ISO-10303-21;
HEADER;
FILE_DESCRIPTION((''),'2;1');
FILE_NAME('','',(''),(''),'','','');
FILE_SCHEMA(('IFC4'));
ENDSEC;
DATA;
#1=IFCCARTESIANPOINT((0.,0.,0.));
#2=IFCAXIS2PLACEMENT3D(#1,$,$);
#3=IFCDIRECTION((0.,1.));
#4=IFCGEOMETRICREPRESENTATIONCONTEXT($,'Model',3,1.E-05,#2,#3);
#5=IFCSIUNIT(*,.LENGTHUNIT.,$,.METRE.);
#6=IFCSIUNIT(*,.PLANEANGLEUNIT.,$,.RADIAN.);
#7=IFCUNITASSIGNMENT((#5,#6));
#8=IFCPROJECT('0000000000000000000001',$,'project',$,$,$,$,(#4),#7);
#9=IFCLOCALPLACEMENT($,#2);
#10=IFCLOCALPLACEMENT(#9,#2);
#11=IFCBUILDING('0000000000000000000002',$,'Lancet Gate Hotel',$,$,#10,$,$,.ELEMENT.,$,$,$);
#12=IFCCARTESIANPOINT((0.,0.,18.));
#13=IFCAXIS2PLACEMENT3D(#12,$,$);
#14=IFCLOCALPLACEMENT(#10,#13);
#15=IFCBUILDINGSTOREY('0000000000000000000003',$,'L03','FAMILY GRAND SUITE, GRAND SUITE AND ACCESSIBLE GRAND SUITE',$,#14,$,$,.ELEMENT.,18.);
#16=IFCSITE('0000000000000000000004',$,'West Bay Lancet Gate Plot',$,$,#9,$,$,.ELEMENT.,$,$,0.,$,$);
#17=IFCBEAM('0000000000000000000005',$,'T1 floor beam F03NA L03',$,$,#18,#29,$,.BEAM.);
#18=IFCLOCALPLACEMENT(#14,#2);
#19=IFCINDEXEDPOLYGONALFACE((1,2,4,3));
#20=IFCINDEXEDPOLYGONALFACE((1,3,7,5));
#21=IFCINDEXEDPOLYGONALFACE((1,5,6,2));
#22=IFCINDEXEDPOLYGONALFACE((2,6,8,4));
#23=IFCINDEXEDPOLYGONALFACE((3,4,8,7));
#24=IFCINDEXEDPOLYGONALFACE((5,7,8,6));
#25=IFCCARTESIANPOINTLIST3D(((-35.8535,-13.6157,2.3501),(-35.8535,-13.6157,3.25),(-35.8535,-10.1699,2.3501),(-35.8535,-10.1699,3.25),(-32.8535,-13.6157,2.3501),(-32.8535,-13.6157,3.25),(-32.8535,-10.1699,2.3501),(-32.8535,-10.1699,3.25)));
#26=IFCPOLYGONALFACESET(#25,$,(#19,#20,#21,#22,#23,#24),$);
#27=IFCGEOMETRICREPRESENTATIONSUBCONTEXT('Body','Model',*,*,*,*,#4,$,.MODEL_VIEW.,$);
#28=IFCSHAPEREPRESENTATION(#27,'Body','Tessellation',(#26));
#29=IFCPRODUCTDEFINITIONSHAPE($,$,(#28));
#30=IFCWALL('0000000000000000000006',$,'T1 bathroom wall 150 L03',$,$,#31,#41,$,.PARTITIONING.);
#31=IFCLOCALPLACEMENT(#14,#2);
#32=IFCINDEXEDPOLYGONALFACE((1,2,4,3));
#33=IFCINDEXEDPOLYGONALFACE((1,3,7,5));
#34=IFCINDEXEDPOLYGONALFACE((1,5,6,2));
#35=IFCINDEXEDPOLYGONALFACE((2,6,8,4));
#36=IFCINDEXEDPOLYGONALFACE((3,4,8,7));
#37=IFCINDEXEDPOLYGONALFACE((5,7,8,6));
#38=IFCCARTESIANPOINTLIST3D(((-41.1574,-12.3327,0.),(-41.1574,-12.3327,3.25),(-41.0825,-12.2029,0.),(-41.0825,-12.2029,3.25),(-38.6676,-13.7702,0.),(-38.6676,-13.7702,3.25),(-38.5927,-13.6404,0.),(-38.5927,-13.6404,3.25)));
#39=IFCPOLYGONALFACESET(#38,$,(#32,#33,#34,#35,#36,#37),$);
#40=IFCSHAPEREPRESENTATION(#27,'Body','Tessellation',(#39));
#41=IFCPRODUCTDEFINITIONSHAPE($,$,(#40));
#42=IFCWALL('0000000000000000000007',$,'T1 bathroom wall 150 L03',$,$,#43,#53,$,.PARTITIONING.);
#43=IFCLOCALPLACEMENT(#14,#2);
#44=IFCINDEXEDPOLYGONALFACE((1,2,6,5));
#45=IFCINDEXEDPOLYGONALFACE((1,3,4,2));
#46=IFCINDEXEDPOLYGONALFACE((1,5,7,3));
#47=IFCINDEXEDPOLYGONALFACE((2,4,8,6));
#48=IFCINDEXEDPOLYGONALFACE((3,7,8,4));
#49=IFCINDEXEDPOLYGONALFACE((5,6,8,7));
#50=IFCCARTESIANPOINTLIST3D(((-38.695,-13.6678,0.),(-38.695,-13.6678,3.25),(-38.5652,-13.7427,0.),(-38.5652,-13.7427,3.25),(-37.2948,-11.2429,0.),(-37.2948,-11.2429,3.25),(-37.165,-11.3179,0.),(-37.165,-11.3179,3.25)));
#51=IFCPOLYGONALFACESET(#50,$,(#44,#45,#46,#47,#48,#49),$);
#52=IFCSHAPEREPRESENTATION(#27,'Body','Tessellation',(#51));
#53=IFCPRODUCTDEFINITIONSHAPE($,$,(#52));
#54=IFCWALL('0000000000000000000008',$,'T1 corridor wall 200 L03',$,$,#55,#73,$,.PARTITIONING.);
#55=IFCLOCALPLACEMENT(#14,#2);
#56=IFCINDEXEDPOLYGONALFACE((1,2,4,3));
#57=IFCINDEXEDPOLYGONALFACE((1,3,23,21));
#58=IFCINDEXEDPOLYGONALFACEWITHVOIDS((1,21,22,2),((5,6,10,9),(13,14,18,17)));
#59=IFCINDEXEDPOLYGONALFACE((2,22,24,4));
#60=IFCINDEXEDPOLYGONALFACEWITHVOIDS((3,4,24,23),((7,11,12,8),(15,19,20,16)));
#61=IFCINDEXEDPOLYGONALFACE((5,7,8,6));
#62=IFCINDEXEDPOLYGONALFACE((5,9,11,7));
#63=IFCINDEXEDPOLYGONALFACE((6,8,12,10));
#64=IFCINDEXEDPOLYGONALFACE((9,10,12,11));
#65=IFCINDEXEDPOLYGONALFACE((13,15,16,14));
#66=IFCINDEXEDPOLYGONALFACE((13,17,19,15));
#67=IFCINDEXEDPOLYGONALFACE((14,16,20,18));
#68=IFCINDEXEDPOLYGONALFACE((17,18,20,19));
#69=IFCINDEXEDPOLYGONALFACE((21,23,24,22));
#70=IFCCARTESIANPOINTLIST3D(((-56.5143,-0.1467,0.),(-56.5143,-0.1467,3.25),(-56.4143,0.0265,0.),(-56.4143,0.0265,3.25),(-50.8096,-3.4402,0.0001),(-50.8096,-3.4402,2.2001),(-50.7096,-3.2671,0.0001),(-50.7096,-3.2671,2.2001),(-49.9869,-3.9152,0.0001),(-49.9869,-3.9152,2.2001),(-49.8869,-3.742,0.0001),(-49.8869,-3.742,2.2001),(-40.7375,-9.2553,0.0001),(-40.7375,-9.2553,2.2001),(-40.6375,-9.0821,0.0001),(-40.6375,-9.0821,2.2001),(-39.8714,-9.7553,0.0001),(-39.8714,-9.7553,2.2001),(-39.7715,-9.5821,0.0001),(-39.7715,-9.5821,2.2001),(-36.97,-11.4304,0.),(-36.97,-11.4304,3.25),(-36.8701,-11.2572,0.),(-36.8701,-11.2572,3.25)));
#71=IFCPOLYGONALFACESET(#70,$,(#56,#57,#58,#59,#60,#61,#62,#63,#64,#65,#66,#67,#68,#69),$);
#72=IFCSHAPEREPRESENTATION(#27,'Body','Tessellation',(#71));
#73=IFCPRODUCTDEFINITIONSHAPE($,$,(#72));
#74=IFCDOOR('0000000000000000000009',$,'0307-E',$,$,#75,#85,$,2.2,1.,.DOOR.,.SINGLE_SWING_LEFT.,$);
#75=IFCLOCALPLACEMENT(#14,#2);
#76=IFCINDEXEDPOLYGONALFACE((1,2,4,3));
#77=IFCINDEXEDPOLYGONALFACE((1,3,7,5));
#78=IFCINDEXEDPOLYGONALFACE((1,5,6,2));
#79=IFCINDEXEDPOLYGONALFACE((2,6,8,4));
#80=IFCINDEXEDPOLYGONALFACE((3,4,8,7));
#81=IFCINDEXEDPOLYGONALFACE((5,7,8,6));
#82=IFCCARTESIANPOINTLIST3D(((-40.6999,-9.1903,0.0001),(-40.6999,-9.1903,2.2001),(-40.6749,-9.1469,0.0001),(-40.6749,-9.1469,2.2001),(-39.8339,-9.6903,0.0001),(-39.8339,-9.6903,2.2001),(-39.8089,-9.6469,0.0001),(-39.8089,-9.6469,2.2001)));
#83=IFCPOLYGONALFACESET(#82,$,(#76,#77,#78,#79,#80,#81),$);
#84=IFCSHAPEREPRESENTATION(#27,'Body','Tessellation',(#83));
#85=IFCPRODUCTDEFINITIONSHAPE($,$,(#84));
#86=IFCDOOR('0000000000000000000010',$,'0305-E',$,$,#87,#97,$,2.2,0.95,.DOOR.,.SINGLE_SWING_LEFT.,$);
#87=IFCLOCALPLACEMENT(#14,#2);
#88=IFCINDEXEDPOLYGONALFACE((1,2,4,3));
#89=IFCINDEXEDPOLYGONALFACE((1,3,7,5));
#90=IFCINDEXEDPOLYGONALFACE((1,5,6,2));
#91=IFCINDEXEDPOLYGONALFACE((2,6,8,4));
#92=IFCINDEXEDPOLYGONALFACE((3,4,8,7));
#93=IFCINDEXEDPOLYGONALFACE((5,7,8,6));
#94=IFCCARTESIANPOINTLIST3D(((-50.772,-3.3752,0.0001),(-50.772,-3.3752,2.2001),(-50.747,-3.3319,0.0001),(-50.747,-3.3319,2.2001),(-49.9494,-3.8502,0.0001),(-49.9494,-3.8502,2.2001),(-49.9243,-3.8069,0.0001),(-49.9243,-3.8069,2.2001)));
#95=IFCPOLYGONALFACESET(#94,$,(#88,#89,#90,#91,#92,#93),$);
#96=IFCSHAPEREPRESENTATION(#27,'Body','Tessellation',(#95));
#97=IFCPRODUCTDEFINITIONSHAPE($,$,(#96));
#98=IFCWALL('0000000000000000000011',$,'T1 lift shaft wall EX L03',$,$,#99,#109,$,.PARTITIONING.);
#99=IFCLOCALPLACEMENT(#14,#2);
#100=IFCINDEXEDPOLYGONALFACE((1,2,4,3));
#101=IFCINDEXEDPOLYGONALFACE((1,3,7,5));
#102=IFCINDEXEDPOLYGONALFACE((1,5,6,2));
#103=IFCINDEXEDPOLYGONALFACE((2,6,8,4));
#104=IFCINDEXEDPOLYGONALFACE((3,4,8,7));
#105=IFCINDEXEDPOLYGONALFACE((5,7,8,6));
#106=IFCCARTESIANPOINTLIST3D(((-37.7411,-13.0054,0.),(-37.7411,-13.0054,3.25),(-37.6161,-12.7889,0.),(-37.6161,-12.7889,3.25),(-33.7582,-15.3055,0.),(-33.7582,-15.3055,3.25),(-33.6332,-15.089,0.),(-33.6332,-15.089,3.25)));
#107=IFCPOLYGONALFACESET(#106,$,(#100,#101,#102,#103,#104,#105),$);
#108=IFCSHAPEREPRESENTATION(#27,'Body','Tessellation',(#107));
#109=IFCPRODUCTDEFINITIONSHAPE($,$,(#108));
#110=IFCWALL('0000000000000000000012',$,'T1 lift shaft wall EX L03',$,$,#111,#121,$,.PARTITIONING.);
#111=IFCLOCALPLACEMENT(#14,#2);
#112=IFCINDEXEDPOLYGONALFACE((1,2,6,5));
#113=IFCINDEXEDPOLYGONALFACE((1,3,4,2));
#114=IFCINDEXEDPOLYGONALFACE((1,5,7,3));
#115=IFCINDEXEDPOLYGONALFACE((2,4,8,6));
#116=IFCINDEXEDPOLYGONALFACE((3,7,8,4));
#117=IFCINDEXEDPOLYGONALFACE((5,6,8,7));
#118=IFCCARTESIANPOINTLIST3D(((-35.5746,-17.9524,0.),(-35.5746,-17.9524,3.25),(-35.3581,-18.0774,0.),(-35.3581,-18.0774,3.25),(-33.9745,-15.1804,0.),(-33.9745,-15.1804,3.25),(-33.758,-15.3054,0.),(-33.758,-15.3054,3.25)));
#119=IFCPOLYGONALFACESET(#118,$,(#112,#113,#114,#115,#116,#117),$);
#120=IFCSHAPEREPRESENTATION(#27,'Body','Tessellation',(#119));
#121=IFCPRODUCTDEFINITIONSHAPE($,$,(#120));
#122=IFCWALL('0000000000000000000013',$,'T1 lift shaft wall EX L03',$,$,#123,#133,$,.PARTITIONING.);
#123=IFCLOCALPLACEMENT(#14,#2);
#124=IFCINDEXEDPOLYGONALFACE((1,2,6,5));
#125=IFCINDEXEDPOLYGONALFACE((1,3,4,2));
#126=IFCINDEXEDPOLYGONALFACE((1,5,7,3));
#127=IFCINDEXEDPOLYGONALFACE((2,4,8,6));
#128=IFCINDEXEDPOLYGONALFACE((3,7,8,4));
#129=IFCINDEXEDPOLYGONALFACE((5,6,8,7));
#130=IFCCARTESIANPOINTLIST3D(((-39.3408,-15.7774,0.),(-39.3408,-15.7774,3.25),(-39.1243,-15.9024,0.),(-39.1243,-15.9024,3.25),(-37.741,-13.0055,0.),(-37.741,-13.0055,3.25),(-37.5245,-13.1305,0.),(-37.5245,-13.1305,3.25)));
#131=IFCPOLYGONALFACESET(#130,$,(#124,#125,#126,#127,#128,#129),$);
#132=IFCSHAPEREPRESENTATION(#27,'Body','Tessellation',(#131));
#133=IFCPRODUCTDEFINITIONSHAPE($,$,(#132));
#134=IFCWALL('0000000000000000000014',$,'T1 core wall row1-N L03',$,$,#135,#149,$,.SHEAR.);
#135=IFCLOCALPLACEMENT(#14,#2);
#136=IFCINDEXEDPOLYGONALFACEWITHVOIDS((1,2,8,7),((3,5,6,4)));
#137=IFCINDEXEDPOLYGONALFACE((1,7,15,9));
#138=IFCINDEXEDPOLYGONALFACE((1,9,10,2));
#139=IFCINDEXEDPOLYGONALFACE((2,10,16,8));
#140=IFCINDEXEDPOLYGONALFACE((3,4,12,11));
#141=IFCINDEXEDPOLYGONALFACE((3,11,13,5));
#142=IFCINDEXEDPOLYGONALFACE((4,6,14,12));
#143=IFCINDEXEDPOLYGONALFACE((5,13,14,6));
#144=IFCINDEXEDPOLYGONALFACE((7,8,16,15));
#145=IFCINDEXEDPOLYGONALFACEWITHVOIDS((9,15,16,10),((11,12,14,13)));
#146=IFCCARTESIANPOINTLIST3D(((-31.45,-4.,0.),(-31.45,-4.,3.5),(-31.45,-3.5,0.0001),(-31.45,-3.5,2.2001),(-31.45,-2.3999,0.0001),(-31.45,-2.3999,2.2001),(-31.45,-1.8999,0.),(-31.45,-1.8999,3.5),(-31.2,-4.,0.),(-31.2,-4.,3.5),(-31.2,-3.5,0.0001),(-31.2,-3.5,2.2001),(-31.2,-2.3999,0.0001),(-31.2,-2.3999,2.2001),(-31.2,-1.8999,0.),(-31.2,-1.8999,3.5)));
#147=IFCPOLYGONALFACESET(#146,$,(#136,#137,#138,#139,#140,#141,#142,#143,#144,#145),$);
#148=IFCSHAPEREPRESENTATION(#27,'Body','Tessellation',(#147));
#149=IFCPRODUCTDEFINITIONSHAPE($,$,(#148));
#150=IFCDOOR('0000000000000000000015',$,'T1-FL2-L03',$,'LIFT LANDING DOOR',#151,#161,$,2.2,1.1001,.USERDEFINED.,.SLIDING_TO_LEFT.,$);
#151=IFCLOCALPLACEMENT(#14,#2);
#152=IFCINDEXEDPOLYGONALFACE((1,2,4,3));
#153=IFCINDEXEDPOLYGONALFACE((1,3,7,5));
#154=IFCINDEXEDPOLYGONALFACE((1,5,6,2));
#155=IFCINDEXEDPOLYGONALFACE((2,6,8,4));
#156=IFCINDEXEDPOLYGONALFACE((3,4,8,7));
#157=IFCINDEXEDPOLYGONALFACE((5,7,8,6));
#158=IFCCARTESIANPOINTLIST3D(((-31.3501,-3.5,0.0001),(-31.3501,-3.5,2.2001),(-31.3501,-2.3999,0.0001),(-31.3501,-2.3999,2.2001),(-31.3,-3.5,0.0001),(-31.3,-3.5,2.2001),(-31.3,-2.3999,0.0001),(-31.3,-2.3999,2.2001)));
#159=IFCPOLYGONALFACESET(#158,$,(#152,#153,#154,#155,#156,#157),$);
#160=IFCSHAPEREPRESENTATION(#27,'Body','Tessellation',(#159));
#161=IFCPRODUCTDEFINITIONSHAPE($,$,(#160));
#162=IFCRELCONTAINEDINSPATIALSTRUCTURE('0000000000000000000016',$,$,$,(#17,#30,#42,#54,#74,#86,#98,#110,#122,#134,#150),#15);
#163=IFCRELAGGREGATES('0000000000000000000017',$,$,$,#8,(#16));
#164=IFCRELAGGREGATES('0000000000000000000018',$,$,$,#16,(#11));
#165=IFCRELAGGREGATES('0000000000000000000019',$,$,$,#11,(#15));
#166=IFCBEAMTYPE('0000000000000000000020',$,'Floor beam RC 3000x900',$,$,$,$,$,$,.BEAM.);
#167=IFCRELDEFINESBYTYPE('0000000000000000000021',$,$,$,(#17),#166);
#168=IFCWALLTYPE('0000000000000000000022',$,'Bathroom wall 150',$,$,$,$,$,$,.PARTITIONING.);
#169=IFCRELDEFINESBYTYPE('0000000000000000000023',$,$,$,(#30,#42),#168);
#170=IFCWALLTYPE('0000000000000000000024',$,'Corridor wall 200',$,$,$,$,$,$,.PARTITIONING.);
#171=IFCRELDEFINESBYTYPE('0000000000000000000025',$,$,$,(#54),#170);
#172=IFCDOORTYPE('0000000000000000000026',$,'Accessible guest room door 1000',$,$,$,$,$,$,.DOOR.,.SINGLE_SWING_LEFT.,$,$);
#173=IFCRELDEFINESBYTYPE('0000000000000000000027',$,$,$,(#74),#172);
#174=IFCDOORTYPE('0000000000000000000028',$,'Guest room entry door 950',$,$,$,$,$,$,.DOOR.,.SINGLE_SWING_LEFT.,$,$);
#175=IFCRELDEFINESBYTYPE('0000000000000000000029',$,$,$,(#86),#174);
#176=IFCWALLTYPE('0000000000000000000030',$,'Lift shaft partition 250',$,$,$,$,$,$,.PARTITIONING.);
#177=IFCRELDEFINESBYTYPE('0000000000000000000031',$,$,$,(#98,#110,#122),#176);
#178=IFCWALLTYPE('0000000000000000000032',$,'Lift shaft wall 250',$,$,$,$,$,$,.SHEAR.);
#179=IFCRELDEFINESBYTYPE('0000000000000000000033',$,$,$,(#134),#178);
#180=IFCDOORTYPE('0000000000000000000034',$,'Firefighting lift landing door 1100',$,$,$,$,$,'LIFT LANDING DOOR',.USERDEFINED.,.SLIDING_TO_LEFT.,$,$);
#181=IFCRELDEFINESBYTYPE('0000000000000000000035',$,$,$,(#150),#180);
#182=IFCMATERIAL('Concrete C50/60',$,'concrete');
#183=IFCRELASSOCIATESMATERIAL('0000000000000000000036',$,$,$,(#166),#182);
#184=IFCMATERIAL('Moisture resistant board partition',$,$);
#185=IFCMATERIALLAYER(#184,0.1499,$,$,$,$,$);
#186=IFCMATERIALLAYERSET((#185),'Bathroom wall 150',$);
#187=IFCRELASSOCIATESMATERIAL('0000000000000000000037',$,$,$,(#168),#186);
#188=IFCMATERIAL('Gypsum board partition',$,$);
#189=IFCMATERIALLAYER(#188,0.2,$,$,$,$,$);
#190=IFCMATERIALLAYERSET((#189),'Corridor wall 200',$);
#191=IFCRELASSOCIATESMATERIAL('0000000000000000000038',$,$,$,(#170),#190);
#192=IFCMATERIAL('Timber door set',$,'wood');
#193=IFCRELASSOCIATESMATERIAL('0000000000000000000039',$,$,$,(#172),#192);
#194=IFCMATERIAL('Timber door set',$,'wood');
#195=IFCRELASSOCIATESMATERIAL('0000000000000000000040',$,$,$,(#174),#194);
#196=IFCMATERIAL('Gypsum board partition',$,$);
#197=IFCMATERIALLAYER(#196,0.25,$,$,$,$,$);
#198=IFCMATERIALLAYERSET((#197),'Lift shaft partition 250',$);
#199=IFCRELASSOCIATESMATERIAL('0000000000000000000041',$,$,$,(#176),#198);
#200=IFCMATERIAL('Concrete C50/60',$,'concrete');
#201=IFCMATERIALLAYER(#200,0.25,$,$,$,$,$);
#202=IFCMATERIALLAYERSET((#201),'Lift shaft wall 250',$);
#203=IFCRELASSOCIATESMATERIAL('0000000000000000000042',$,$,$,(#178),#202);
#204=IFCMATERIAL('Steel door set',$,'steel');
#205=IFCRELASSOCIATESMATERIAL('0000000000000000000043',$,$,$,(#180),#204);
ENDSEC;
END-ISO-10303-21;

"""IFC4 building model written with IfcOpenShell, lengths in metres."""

from ifc_helpers import new_model, si_unit, direction, frame, frame_2d, origin, origin_2d, place, context, subcontext, project, spatial, rectangle, extrude, material, layer, layer_set, material_profile, profile_set, type_object, element, fill, save


model = new_model("IFC4")

# Units and contexts
model_context = context("Model", 3, precision=1e-05, world=origin(), true_north=direction((0.0, 1.0)))
body_context = subcontext(model_context, "Body", "Model", "MODEL_VIEW")
ifc_project = project(units=[si_unit("LENGTHUNIT", "METRE"), si_unit("PLANEANGLEUNIT", "RADIAN")], contexts=[model_context])

# Site, building, storey
site_placement = place(None, origin())
site = spatial("IfcSite", under=ifc_project, at=site_placement, Name="West Bay Lancet Gate Plot", CompositionType="ELEMENT", RefElevation=0.0)
building_placement = place(site_placement, origin())
building = spatial("IfcBuilding", under=site, at=building_placement, Name="Lancet Gate Hotel", CompositionType="ELEMENT")
storey_placement = place(building_placement, frame((0.0, 0.0, 18.0)))
storey = spatial("IfcBuildingStorey", under=building, at=storey_placement, Name="L03", Description="FAMILY GRAND SUITE, GRAND SUITE AND ACCESSIBLE GRAND SUITE", CompositionType="ELEMENT", Elevation=18.0)

# Beam
ifc_material_1 = material(Name="Concrete C50/60", Category="concrete")
ifc_material_profile = material_profile(ifc_material_1, rectangle(XDim=3.0, YDim=0.8999, at=origin_2d()), Name="RC 3000x900")
ifc_profile_set = profile_set([ifc_material_profile], Name="Concrete C50/60")
beam_type = type_object("IfcBeamType", Name="Floor beam RC 3000x900", PredefinedType="BEAM", material=ifc_profile_set)
beam_placement = place(storey_placement, frame((-34.3535, -10.1699, 2.8), z_axis=(0.0, -1.0, 0.0), x_axis=(1.0, 0.0, 0.0)))
element("IfcBeam", 1, at=beam_placement, inside=storey, type_object=beam_type, Name="T1 floor beam F03NA L03", PredefinedType="BEAM", context=body_context, shape_type="SweptSolid", body=[
    extrude(rectangle(XDim=3.0, YDim=0.8999, at=origin_2d()), origin(), (0.0, 0.0, 1.0), 3.4458),
])

# Walls
ifc_material_2 = material(Name="Moisture resistant board partition")
ifc_layer_1 = layer(ifc_material_2, 0.1499)
ifc_layer_set_1 = layer_set([ifc_layer_1], Name="Bathroom wall 150")
wall_type_1 = type_object("IfcWallType", Name="Bathroom wall 150", PredefinedType="PARTITIONING", material=ifc_layer_set_1)
wall_1_placement = place(storey_placement, frame((-38.6301, -13.7053, 0.0), z_axis=(0.0, 0.0, 1.0), x_axis=(-0.866019, 0.500012, 0.0)))
element("IfcWall", 2, at=wall_1_placement, inside=storey, type_object=wall_type_1, Name="T1 bathroom wall 150 L03", PredefinedType="PARTITIONING", context=body_context, shape_type="SweptSolid", body=[
    extrude(rectangle(XDim=2.875, YDim=0.1499, at=frame_2d((1.4375, 0.0))), origin(), (0.0, 0.0, 1.0), 3.25),
])
wall_2_placement = place(storey_placement, frame((-37.23, -11.2805, 0.0), z_axis=(0.0, 0.0, 1.0), x_axis=(-0.50005, -0.865997, 0.0)))
element("IfcWall", 3, at=wall_2_placement, inside=storey, type_object=wall_type_1, Name="T1 bathroom wall 150 L03", PredefinedType="PARTITIONING", context=body_context, shape_type="SweptSolid", body=[
    extrude(rectangle(XDim=2.8, YDim=0.1499, at=frame_2d((1.3999, 0.0))), origin(), (0.0, 0.0, 1.0), 3.25),
])

# Wall, openings, doors
ifc_material_3 = material(Name="Gypsum board partition")
ifc_layer_2 = layer(ifc_material_3, 0.2)
ifc_layer_set_2 = layer_set([ifc_layer_2], Name="Corridor wall 200")
wall_type_2 = type_object("IfcWallType", Name="Corridor wall 200", PredefinedType="PARTITIONING", material=ifc_layer_set_2)
wall_3_placement = place(storey_placement, frame((-36.9202, -11.3438, 0.0), z_axis=(0.0, 0.0, 1.0), x_axis=(-0.866028, 0.499995, 0.0)))
wall_3 = element("IfcWall", 4, at=wall_3_placement, inside=storey, type_object=wall_type_2, Name="T1 corridor wall 200 L03", PredefinedType="PARTITIONING", context=body_context, shape_type="SweptSolid", body=[
    extrude(rectangle(XDim=22.5676, YDim=0.2, at=frame_2d((11.2837, 0.0))), origin(), (0.0, 0.0, 1.0), 3.25),
])
opening_1_placement = place(wall_3_placement, frame((15.0303, 0.0, 0.0)))
opening_1 = element("IfcOpeningElement", 5, at=opening_1_placement, cuts=wall_3, PredefinedType="OPENING", context=body_context, shape_type="SweptSolid", body=[
    extrude(rectangle(XDim=0.95, YDim=2.2, at=frame_2d((0.4751, 1.1001))), frame((0.0, 0.1099, 0.0), z_axis=(0.0, -1.0, 0.0), x_axis=(1.0, 0.0, 0.0)), (0.0, 0.0, 1.0), 0.22),
])
opening_2_placement = place(wall_3_placement, frame((3.3501, 0.0, 0.0)))
opening_2 = element("IfcOpeningElement", 6, at=opening_2_placement, cuts=wall_3, PredefinedType="OPENING", context=body_context, shape_type="SweptSolid", body=[
    extrude(rectangle(XDim=1.0, YDim=2.2, at=frame_2d((0.5, 1.1001))), frame((0.0, 0.1099, 0.0), z_axis=(0.0, -1.0, 0.0), x_axis=(1.0, 0.0, 0.0)), (0.0, 0.0, 1.0), 0.22),
])
ifc_material_4 = material(Name="Timber door set", Category="wood")
door_type_1 = type_object("IfcDoorType", Name="Accessible guest room door 1000", OperationType="SINGLE_SWING_LEFT", PredefinedType="DOOR", material=ifc_material_4)
door_1_placement = place(opening_2_placement, origin())
door_1 = element("IfcDoor", 7, at=door_1_placement, inside=storey, type_object=door_type_1, Name="0307-E", OperationType="SINGLE_SWING_LEFT", OverallHeight=2.2, OverallWidth=1.0, PredefinedType="DOOR", context=body_context, shape_type="SweptSolid", body=[
    extrude(rectangle(XDim=1.0, YDim=2.2, at=frame_2d((0.5, 1.1001))), frame((0.0, 0.0249, 0.0), z_axis=(0.0, -1.0, 0.0), x_axis=(1.0, 0.0, 0.0)), (0.0, 0.0, 1.0), 0.05),
])
fill(opening_2, door_1)
ifc_material_5 = material(Name="Timber door set", Category="wood")
door_type_2 = type_object("IfcDoorType", Name="Guest room entry door 950", OperationType="SINGLE_SWING_LEFT", PredefinedType="DOOR", material=ifc_material_5)
door_2_placement = place(opening_1_placement, origin())
door_2 = element("IfcDoor", 8, at=door_2_placement, inside=storey, type_object=door_type_2, Name="0305-E", OperationType="SINGLE_SWING_LEFT", OverallHeight=2.2, OverallWidth=0.95, PredefinedType="DOOR", context=body_context, shape_type="SweptSolid", body=[
    extrude(rectangle(XDim=0.95, YDim=2.2, at=frame_2d((0.4751, 1.1001))), frame((0.0, 0.0249, 0.0), z_axis=(0.0, -1.0, 0.0), x_axis=(1.0, 0.0, 0.0)), (0.0, 0.0, 1.0), 0.05),
])
fill(opening_1, door_2)

# Walls
ifc_material_6 = material(Name="Gypsum board partition")
ifc_layer_3 = layer(ifc_material_6, 0.25)
ifc_layer_set_3 = layer_set([ifc_layer_3], Name="Lift shaft partition 250")
wall_type_3 = type_object("IfcWallType", Name="Lift shaft partition 250", PredefinedType="PARTITIONING", material=ifc_layer_set_3)
wall_4_placement = place(storey_placement, frame((-33.6956, -15.1973, 0.0), z_axis=(0.0, 0.0, 1.0), x_axis=(-0.865977, 0.500084, 0.0)))
element("IfcWall", 9, at=wall_4_placement, inside=storey, type_object=wall_type_3, Name="T1 lift shaft wall EX L03", PredefinedType="PARTITIONING", context=body_context, shape_type="SweptSolid", body=[
    extrude(rectangle(XDim=4.5994, YDim=0.25, at=frame_2d((2.2998, 0.0))), origin(), (0.0, 0.0, 1.0), 3.25),
])
wall_5_placement = place(storey_placement, frame((-33.8662, -15.2429, 0.0), z_axis=(0.0, 0.0, 1.0), x_axis=(-0.499929, -0.866066, 0.0)))
element("IfcWall", 10, at=wall_5_placement, inside=storey, type_object=wall_type_3, Name="T1 lift shaft wall EX L03", PredefinedType="PARTITIONING", context=body_context, shape_type="SweptSolid", body=[
    extrude(rectangle(XDim=3.2007, YDim=0.25, at=frame_2d((1.6003, 0.0))), origin(), (0.0, 0.0, 1.0), 3.25),
])
wall_6_placement = place(storey_placement, frame((-37.6328, -13.0681, 0.0), z_axis=(0.0, 0.0, 1.0), x_axis=(-0.499872, -0.866099, 0.0)))
element("IfcWall", 11, at=wall_6_placement, inside=storey, type_object=wall_type_3, Name="T1 lift shaft wall EX L03", PredefinedType="PARTITIONING", context=body_context, shape_type="SweptSolid", body=[
    extrude(rectangle(XDim=3.2004, YDim=0.25, at=frame_2d((1.6001, 0.0))), origin(), (0.0, 0.0, 1.0), 3.25),
])

# Wall, opening, door
ifc_material_7 = material(Name="Concrete C50/60", Category="concrete")
ifc_layer_4 = layer(ifc_material_7, 0.25)
ifc_layer_set_4 = layer_set([ifc_layer_4], Name="Lift shaft wall 250")
wall_type_4 = type_object("IfcWallType", Name="Lift shaft wall 250", PredefinedType="SHEAR", material=ifc_layer_set_4)
wall_7_placement = place(storey_placement, frame((-31.325, -1.8999, 0.0), z_axis=(0.0, 0.0, 1.0), x_axis=(0.0, -1.0, 0.0)))
wall_7 = element("IfcWall", 12, at=wall_7_placement, inside=storey, type_object=wall_type_4, Name="T1 core wall row1-N L03", PredefinedType="SHEAR", context=body_context, shape_type="SweptSolid", body=[
    extrude(rectangle(XDim=2.1001, YDim=0.25, at=frame_2d((1.05, 0.0))), origin(), (0.0, 0.0, 1.0), 3.5),
])
opening_3_placement = place(wall_7_placement, frame((0.5, 0.0, 0.0)))
opening_3 = element("IfcOpeningElement", 13, at=opening_3_placement, cuts=wall_7, PredefinedType="OPENING", context=body_context, shape_type="SweptSolid", body=[
    extrude(rectangle(XDim=1.1001, YDim=2.2, at=frame_2d((0.55, 1.1001))), frame((0.0, 0.135, 0.0), z_axis=(0.0, -1.0, 0.0), x_axis=(1.0, 0.0, 0.0)), (0.0, 0.0, 1.0), 0.27),
])
ifc_material_8 = material(Name="Steel door set", Category="steel")
door_type_3 = type_object("IfcDoorType", Name="Firefighting lift landing door 1100", ElementType="LIFT LANDING DOOR", OperationType="SLIDING_TO_LEFT", PredefinedType="USERDEFINED", material=ifc_material_8)
door_3_placement = place(opening_3_placement, origin())
door_3 = element("IfcDoor", 14, at=door_3_placement, inside=storey, type_object=door_type_3, Name="T1-FL2-L03", ObjectType="LIFT LANDING DOOR", OperationType="SLIDING_TO_LEFT", OverallHeight=2.2, OverallWidth=1.1001, PredefinedType="USERDEFINED", context=body_context, shape_type="SweptSolid", body=[
    extrude(rectangle(XDim=1.1001, YDim=2.2, at=frame_2d((0.55, 1.1001))), frame((0.0, 0.0249, 0.0), z_axis=(0.0, -1.0, 0.0), x_axis=(1.0, 0.0, 0.0)), (0.0, 0.0, 1.0), 0.05),
])
fill(opening_3, door_3)

save(model, "model.ifc")
